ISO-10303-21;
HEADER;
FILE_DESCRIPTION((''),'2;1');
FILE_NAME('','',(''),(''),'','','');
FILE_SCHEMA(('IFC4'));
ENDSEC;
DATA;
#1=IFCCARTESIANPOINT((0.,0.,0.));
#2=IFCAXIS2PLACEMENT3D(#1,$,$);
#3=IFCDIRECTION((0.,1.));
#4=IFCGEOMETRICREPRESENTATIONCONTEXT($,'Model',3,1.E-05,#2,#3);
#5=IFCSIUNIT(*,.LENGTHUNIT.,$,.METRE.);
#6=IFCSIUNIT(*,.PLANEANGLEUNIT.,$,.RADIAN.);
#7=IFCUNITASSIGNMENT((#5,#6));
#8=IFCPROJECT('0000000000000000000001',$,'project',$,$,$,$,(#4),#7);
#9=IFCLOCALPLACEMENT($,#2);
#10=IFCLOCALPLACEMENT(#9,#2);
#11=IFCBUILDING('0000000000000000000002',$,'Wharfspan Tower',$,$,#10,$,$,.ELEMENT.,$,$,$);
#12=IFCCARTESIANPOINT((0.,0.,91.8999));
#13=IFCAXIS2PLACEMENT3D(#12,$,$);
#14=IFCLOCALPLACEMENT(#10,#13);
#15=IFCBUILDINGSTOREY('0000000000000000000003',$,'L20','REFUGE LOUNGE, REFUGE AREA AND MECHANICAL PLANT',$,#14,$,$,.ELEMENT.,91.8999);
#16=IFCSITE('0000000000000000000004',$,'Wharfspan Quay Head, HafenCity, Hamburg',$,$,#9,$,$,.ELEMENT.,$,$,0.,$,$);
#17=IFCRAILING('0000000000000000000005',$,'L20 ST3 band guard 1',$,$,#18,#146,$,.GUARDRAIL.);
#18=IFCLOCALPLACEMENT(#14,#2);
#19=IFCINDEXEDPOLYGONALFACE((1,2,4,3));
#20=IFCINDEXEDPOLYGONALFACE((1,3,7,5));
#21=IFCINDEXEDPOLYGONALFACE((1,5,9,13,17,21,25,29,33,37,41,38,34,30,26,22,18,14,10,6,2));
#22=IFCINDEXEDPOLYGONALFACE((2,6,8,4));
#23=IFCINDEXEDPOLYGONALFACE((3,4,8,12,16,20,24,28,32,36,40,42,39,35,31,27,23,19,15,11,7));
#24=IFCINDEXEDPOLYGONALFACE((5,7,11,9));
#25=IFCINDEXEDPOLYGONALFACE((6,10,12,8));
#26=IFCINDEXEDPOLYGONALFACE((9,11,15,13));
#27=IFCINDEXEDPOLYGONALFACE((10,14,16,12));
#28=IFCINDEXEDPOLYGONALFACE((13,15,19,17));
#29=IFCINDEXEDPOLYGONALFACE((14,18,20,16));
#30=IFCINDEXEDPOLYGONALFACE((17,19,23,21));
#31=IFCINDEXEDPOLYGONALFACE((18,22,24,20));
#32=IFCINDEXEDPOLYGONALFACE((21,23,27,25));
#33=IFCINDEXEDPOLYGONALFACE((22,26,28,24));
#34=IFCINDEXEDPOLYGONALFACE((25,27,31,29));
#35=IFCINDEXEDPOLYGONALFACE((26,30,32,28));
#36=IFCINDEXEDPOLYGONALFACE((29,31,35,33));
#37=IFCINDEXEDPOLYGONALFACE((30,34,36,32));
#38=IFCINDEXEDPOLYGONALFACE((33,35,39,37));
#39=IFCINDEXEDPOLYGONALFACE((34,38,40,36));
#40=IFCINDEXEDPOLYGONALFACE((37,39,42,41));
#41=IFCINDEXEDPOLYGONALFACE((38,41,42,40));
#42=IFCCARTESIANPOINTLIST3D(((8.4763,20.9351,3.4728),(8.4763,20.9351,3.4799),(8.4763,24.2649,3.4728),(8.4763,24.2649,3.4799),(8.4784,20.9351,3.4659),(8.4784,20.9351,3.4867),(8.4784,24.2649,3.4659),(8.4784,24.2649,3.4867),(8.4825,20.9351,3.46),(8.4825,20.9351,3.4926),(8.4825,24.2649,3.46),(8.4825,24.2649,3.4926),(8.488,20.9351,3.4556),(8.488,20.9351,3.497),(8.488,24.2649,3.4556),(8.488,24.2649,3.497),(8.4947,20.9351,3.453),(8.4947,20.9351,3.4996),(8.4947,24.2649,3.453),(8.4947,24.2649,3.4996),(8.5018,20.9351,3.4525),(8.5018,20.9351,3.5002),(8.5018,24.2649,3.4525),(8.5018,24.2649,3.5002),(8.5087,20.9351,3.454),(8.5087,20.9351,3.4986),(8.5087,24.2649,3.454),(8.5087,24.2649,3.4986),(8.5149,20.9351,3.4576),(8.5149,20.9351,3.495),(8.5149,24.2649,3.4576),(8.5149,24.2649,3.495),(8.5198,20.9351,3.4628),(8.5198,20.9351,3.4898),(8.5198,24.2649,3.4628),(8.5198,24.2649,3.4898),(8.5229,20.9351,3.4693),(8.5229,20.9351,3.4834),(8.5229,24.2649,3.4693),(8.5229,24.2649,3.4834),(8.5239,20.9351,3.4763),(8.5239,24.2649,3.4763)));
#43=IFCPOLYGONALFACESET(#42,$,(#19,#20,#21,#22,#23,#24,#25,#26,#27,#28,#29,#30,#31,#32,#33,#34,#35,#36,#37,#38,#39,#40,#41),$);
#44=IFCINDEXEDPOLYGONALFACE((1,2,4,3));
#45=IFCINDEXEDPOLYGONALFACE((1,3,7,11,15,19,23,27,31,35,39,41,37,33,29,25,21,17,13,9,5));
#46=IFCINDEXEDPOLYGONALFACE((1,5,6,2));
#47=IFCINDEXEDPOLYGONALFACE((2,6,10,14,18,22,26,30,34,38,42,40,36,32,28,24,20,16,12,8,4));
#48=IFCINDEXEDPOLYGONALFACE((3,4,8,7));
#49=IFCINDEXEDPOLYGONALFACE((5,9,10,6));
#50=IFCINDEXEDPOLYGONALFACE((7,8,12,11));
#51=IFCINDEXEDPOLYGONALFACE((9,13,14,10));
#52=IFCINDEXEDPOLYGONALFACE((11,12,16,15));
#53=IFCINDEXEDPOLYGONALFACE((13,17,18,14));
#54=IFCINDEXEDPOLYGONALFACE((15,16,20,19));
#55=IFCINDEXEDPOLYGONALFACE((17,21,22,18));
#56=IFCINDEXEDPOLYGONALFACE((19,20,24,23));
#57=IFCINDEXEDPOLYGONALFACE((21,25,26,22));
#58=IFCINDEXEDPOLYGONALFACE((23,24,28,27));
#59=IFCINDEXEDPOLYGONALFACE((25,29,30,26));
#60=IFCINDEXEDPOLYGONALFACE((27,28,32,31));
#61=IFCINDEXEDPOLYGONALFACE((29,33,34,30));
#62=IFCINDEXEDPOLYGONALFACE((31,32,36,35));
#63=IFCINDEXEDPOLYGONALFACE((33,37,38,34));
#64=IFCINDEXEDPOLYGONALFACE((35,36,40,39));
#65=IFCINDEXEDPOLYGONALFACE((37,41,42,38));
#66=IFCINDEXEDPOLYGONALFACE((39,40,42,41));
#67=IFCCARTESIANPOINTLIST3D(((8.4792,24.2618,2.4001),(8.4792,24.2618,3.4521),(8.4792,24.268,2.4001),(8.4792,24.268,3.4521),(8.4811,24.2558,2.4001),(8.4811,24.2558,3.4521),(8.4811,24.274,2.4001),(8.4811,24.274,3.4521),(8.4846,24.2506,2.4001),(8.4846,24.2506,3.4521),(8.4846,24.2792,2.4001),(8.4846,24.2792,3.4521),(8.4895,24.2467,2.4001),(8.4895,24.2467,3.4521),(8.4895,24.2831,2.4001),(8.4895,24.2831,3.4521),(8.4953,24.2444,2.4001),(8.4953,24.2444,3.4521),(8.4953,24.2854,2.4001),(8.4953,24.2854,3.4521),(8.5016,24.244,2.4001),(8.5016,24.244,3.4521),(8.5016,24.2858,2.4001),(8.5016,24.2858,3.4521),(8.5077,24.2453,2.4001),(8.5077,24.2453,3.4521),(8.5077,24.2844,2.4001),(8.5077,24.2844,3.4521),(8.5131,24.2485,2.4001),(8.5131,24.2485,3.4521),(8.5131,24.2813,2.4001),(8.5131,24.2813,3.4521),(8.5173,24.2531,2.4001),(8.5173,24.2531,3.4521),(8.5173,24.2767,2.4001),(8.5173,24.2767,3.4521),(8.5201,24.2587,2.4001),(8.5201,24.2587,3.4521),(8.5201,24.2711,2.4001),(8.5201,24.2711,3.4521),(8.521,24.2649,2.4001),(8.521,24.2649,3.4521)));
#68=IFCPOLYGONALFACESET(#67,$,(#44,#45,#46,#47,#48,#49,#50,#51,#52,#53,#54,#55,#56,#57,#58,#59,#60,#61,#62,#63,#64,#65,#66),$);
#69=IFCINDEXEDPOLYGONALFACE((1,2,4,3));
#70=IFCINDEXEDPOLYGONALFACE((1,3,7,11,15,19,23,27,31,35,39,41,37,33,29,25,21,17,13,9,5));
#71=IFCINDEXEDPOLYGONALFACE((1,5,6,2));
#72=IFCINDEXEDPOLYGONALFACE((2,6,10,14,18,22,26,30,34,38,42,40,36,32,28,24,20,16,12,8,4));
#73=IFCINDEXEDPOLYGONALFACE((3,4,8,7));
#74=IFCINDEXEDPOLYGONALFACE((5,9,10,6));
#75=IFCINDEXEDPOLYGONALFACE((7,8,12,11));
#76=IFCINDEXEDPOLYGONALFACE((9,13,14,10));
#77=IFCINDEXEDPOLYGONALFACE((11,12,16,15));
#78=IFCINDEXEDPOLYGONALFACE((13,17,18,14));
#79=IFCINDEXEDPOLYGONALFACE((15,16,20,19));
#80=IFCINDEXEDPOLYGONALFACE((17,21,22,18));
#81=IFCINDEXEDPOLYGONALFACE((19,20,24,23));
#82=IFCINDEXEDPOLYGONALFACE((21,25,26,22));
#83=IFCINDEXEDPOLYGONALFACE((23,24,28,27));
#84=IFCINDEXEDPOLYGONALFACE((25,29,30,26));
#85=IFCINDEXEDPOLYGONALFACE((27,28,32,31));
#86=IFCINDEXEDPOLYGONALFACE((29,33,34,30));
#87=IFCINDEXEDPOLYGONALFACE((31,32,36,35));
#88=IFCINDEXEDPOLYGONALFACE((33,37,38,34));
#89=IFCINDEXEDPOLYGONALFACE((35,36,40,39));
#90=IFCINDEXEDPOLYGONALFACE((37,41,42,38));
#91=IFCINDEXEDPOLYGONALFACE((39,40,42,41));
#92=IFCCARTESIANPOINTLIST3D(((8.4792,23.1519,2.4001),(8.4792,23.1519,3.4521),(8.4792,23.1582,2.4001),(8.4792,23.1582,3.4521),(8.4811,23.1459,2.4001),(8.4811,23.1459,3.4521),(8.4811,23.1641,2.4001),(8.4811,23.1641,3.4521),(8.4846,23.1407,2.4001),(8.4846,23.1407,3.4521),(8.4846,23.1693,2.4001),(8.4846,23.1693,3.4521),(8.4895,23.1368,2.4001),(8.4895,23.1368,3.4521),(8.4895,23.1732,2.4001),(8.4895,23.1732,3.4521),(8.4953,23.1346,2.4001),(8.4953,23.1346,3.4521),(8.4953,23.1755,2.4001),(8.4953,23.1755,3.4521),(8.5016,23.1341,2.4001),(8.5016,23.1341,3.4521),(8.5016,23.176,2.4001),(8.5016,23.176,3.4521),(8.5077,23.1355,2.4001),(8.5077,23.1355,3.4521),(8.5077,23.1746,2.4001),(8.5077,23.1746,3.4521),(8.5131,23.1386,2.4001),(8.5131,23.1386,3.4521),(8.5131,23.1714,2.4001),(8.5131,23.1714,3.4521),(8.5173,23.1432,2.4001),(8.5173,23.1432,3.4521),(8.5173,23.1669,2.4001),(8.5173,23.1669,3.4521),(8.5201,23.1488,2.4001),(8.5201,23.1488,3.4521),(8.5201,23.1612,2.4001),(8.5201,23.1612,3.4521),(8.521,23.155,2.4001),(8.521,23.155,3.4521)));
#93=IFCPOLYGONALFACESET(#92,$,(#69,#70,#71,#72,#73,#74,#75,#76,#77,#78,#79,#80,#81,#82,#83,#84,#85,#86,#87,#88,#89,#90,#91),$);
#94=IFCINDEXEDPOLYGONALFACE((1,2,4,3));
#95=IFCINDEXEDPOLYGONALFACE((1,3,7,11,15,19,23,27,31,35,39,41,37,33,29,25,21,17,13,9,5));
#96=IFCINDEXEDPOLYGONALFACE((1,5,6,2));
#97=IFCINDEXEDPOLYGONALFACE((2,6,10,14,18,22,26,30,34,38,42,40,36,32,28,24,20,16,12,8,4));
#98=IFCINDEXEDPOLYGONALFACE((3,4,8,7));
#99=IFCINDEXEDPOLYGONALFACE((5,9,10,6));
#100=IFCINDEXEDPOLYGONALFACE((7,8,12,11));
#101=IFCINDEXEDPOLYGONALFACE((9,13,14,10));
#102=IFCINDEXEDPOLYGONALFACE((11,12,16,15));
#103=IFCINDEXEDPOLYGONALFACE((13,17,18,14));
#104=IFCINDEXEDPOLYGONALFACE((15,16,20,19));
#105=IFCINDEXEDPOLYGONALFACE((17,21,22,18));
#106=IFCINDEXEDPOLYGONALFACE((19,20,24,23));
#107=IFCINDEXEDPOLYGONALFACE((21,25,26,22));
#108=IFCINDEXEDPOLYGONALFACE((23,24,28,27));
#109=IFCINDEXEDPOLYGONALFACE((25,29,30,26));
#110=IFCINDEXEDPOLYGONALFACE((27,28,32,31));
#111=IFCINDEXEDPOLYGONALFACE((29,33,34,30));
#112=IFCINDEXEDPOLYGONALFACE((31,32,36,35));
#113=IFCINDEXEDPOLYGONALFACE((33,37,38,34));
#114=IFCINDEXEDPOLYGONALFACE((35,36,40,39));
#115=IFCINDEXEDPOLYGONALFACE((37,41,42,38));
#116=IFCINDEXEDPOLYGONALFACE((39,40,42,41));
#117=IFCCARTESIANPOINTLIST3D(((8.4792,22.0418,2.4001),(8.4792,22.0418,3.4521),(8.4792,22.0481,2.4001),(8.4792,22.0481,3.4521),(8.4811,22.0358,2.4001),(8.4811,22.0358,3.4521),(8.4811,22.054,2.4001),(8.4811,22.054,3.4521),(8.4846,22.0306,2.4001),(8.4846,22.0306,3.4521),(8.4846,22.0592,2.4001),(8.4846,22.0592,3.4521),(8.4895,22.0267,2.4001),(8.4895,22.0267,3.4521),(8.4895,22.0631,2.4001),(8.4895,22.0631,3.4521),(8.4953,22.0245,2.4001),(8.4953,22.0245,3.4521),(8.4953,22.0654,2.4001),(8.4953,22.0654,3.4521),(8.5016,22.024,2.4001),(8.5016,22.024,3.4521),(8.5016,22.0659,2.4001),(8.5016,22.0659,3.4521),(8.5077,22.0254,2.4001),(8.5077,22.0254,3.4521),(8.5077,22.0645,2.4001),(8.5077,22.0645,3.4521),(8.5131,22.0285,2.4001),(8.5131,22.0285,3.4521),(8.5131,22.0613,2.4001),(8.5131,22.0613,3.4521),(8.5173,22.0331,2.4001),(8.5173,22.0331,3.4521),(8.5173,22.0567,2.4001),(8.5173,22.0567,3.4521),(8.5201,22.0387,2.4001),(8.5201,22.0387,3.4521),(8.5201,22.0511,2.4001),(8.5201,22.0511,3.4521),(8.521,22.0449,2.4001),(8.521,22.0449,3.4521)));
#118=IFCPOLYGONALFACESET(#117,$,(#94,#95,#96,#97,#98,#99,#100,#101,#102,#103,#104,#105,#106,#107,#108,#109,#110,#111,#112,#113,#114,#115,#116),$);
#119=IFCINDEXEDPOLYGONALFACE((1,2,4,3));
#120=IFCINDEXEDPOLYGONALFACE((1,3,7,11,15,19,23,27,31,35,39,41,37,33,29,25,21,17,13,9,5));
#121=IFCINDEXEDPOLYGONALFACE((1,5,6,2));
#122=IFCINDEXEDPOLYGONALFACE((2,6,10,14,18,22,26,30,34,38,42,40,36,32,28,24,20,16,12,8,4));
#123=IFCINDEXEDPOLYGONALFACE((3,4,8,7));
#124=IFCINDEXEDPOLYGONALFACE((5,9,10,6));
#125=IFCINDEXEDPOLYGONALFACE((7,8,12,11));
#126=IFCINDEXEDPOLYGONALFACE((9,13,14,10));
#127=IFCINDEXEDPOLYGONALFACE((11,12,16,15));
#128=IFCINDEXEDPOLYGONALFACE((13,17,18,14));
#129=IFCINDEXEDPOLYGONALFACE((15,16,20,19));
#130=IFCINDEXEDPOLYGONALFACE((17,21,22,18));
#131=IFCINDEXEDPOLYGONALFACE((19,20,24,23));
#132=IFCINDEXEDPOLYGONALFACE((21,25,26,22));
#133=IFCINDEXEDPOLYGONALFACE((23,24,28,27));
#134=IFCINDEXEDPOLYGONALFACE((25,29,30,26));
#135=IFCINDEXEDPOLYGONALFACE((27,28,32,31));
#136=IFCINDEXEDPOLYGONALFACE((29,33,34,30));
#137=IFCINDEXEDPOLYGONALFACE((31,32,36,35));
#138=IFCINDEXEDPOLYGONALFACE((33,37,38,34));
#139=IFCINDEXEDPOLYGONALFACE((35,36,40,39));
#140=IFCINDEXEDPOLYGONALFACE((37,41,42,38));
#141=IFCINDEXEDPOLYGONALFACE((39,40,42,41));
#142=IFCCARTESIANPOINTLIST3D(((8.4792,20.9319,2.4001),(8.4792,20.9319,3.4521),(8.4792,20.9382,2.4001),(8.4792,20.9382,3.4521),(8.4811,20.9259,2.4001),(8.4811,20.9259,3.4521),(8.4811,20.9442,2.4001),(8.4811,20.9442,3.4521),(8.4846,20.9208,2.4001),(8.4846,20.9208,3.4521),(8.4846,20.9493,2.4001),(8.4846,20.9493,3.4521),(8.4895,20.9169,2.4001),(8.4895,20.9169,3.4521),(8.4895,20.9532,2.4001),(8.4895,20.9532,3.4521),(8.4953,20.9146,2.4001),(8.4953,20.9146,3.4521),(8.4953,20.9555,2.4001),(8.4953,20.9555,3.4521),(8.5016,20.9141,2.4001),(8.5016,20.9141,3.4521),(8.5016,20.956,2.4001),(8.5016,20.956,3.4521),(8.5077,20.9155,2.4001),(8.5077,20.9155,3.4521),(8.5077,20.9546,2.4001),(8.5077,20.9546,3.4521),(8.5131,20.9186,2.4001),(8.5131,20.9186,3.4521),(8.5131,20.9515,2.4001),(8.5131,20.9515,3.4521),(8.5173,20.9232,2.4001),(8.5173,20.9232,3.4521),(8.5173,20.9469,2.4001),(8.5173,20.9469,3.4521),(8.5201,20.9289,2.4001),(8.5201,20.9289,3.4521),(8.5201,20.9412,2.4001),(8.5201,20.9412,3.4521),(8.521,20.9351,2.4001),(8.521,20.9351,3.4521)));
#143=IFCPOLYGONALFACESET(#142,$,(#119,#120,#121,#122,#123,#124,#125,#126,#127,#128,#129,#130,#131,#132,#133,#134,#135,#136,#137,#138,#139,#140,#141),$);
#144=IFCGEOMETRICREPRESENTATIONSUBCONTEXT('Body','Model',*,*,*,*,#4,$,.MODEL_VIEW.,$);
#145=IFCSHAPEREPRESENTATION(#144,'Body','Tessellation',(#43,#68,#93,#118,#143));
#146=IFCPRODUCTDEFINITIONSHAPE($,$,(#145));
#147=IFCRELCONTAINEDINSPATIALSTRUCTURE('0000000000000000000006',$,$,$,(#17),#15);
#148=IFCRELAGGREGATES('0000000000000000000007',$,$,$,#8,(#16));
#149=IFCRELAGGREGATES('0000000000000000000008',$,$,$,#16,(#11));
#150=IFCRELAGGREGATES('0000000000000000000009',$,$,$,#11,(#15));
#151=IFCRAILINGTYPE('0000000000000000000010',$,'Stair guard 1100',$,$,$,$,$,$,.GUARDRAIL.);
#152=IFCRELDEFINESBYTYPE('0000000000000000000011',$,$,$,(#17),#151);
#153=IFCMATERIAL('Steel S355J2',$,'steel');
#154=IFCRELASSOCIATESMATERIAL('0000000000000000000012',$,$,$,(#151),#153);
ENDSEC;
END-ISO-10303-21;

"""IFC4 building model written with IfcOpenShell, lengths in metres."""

from ifc_helpers import new_model, si_unit, direction, frame, origin, origin_2d, place, context, subcontext, project, spatial, circle, extrude, material, type_object, element, save


model = new_model("IFC4")

# Units and contexts
model_context = context("Model", 3, precision=1e-05, world=origin(), true_north=direction((0.0, 1.0)))
body_context = subcontext(model_context, "Body", "Model", "MODEL_VIEW")
ifc_project = project(units=[si_unit("LENGTHUNIT", "METRE"), si_unit("PLANEANGLEUNIT", "RADIAN")], contexts=[model_context])

# Site, building, storey
site_placement = place(None, origin())
site = spatial("IfcSite", under=ifc_project, at=site_placement, Name="Wharfspan Quay Head, HafenCity, Hamburg", CompositionType="ELEMENT", RefElevation=0.0)
building_placement = place(site_placement, origin())
building = spatial("IfcBuilding", under=site, at=building_placement, Name="Wharfspan Tower", CompositionType="ELEMENT")
storey_placement = place(building_placement, frame((0.0, 0.0, 91.8999)))
storey = spatial("IfcBuildingStorey", under=building, at=storey_placement, Name="L20", Description="REFUGE LOUNGE, REFUGE AREA AND MECHANICAL PLANT", CompositionType="ELEMENT", Elevation=91.8999)

# Shared definitions
ifc_material_1 = material(Name="Steel S355J2", Category="steel")

# Railing
railing_type_1 = type_object("IfcRailingType", Name="Stair guard 1100", PredefinedType="GUARDRAIL", material=ifc_material_1)
railing_1_placement = place(storey_placement, frame((8.5, 24.2649, 2.4001)))
element("IfcRailing", 1, at=railing_1_placement, inside=storey, type_object=railing_type_1, Name="L20 ST3 band guard 1", PredefinedType="GUARDRAIL", context=body_context, shape_type="SweptSolid", body=[
    extrude(circle(Radius=0.0239, at=origin_2d()), frame((0.0, 0.0, 1.0762), z_axis=(0.0, -1.0, 0.0), x_axis=(1.0, 0.0, 0.0)), (0.0, 0.0, 1.0), 3.3298),
    extrude(circle(Radius=0.021, at=origin_2d()), origin(), (0.0, 0.0, 1.0), 1.052),
    extrude(circle(Radius=0.021, at=origin_2d()), frame((0.0, -1.1099, 0.0)), (0.0, 0.0, 1.0), 1.052),
    extrude(circle(Radius=0.021, at=origin_2d()), frame((0.0, -2.22, 0.0)), (0.0, 0.0, 1.0), 1.052),
    extrude(circle(Radius=0.021, at=origin_2d()), frame((0.0, -3.3298, 0.0)), (0.0, 0.0, 1.0), 1.052),
])

save(model, "model.ifc")
